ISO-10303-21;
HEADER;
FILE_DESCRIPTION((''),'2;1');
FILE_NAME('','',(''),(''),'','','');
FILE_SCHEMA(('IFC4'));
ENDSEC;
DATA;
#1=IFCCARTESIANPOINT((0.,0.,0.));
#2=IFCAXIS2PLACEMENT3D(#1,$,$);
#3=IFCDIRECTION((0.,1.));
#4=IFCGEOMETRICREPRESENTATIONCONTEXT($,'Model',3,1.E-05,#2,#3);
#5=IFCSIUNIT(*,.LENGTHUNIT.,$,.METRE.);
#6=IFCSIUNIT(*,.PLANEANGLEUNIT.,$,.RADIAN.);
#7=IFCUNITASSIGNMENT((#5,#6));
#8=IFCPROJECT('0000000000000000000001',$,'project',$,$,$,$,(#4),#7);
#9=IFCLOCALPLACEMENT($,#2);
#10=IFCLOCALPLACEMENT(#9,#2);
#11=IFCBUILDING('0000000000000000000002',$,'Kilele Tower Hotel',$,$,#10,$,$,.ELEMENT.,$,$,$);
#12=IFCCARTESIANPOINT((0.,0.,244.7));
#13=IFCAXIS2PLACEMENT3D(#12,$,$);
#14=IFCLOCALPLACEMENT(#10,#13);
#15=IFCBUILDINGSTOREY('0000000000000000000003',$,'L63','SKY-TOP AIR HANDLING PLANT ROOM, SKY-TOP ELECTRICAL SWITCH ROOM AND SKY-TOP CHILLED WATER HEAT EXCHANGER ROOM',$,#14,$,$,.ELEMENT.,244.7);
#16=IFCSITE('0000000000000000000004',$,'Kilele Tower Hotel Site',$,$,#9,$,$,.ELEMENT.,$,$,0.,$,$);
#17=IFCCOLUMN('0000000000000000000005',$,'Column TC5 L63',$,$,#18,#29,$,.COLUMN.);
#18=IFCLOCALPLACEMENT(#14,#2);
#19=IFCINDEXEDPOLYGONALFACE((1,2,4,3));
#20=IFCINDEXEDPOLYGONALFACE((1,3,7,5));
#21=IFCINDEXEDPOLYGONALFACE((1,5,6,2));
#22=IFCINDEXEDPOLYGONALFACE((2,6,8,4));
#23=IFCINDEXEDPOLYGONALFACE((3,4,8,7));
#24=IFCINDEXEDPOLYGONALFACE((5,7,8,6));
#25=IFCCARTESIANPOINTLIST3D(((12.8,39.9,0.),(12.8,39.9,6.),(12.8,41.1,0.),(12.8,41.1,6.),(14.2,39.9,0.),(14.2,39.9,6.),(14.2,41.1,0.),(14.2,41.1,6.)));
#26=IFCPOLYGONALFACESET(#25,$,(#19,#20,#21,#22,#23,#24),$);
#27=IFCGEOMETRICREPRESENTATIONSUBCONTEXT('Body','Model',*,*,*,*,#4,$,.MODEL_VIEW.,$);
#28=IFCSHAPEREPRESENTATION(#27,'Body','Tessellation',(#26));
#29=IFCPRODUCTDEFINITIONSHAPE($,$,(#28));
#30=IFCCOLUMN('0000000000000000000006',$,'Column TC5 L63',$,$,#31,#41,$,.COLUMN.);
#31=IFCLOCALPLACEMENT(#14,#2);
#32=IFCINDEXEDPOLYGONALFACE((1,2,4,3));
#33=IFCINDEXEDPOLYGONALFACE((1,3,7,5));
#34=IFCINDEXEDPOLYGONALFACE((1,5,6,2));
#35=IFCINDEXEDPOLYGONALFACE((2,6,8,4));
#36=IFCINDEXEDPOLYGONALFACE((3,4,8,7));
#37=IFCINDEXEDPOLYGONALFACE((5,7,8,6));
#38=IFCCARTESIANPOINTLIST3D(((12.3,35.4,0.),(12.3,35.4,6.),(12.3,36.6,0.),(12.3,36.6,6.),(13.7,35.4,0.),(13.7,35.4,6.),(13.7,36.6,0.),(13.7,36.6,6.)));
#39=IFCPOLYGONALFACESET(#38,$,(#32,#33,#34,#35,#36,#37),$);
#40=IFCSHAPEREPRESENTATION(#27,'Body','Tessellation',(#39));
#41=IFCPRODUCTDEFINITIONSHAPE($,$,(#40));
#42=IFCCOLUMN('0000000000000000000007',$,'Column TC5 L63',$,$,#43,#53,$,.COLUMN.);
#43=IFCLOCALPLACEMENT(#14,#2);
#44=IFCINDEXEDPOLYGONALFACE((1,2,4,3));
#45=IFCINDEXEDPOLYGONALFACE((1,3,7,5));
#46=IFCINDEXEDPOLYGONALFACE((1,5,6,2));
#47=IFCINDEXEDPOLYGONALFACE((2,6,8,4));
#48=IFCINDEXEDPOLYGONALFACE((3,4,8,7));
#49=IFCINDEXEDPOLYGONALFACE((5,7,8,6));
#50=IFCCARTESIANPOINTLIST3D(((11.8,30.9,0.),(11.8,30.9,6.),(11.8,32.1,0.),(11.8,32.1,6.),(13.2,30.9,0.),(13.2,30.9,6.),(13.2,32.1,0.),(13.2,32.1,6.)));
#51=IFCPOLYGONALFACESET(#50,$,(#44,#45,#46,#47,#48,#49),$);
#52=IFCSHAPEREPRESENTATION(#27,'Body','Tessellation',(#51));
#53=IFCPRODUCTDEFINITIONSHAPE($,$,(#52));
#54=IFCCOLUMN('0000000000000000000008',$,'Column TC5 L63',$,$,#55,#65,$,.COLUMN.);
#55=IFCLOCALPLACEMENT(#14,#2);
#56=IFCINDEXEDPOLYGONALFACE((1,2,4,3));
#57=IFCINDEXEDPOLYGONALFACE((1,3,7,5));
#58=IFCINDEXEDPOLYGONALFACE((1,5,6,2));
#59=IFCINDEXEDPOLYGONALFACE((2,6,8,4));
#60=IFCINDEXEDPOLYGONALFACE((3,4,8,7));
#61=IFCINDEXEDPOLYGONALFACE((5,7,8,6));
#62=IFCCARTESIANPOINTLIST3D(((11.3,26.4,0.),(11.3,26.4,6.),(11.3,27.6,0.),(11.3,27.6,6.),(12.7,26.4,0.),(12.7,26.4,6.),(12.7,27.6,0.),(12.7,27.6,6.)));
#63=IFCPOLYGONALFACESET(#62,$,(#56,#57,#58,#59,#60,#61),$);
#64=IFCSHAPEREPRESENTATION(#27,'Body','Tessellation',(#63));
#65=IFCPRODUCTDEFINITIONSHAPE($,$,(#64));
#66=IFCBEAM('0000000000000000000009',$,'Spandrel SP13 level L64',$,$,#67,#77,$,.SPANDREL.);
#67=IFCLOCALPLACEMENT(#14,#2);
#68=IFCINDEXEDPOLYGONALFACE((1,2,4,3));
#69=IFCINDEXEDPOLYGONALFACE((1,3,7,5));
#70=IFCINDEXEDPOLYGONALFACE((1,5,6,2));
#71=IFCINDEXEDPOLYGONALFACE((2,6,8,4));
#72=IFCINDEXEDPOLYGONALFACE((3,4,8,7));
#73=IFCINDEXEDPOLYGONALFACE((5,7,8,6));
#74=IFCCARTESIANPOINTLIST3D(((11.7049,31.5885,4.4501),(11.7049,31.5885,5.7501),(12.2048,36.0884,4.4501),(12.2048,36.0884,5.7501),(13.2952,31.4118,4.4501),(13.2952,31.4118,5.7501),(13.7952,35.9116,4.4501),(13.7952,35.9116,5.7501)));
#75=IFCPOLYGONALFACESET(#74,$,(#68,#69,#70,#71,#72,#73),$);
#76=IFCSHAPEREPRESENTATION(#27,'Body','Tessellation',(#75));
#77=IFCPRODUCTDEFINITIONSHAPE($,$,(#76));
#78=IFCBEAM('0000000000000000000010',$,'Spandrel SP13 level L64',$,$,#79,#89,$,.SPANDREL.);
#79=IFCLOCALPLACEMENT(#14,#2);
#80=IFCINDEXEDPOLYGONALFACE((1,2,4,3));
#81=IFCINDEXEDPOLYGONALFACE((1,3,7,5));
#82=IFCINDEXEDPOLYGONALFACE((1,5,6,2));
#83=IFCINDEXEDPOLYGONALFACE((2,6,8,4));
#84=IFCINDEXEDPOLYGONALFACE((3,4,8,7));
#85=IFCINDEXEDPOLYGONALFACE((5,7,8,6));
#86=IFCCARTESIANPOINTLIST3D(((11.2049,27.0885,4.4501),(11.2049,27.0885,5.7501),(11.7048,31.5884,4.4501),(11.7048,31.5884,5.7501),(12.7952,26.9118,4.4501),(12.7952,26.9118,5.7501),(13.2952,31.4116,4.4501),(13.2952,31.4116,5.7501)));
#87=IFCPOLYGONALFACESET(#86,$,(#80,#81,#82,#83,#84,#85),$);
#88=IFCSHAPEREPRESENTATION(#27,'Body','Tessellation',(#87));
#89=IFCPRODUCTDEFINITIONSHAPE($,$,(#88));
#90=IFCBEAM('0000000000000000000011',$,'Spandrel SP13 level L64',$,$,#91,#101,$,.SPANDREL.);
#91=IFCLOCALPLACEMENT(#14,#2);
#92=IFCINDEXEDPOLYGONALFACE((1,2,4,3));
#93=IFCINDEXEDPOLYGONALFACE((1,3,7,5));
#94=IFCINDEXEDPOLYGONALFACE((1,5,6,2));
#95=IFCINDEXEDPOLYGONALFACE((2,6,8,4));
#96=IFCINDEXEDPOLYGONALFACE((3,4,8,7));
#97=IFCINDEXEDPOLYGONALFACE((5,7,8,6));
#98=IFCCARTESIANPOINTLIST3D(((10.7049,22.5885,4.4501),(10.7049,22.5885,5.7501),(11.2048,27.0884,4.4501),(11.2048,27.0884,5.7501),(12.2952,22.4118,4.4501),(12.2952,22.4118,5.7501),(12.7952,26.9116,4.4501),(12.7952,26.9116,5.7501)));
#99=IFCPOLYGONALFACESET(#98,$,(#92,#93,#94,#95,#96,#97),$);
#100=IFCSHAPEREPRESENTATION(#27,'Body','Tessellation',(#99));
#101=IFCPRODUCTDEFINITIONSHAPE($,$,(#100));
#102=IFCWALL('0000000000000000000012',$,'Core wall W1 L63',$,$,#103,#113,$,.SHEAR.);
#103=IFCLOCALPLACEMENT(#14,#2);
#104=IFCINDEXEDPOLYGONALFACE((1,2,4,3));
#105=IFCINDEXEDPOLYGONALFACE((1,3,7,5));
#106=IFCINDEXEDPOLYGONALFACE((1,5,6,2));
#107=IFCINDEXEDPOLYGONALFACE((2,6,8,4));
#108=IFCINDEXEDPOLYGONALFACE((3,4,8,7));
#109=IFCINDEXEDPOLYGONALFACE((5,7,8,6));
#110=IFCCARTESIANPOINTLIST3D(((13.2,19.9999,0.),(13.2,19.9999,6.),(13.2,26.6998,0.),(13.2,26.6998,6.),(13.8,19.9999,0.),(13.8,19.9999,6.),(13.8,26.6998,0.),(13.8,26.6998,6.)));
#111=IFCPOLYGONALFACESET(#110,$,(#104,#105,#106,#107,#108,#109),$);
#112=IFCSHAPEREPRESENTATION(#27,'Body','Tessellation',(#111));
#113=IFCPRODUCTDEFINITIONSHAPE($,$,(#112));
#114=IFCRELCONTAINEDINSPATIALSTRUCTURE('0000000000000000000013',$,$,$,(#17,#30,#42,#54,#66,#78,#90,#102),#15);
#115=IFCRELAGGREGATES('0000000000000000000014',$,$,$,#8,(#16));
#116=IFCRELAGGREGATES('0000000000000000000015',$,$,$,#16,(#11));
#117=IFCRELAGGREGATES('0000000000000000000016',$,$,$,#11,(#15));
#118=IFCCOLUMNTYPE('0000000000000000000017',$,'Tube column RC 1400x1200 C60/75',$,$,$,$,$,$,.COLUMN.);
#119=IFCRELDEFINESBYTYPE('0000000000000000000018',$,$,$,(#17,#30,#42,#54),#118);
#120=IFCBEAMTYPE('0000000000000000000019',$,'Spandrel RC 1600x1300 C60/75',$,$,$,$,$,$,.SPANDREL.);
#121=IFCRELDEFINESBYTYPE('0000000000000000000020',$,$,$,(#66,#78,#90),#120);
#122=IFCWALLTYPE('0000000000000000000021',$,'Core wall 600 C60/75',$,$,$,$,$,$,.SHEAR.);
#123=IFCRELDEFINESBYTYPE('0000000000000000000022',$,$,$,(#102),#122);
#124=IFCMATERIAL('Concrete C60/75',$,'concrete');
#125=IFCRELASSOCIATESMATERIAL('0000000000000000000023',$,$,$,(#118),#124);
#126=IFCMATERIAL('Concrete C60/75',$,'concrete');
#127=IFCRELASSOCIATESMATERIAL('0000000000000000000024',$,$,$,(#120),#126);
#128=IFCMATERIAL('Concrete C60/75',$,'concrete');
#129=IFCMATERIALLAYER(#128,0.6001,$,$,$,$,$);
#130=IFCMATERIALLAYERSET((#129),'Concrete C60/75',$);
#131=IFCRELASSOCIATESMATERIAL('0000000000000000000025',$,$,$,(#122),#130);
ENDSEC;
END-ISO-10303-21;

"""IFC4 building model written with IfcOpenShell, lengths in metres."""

from ifc_helpers import new_model, si_unit, direction, frame, frame_2d, origin, origin_2d, place, context, subcontext, project, spatial, rectangle, extrude, material, layer, layer_set, material_profile, profile_set, type_object, element, save


model = new_model("IFC4")

# Units and contexts
model_context = context("Model", 3, precision=1e-05, world=origin(), true_north=direction((0.0, 1.0)))
body_context = subcontext(model_context, "Body", "Model", "MODEL_VIEW")
ifc_project = project(units=[si_unit("LENGTHUNIT", "METRE"), si_unit("PLANEANGLEUNIT", "RADIAN")], contexts=[model_context])

# Site, building, storey
site_placement = place(None, origin())
site = spatial("IfcSite", under=ifc_project, at=site_placement, Name="Kilele Tower Hotel Site", CompositionType="ELEMENT", RefElevation=0.0)
building_placement = place(site_placement, origin())
building = spatial("IfcBuilding", under=site, at=building_placement, Name="Kilele Tower Hotel", CompositionType="ELEMENT")
storey_placement = place(building_placement, frame((0.0, 0.0, 244.7)))
storey = spatial("IfcBuildingStorey", under=building, at=storey_placement, Name="L63", Description="SKY-TOP AIR HANDLING PLANT ROOM, SKY-TOP ELECTRICAL SWITCH ROOM AND SKY-TOP CHILLED WATER HEAT EXCHANGER ROOM", CompositionType="ELEMENT", Elevation=244.7)

# Columns
ifc_material_1 = material(Name="Concrete C60/75", Category="concrete")
ifc_material_profile_1 = material_profile(ifc_material_1, rectangle(XDim=1.3999, YDim=1.2, at=origin_2d()))
ifc_profile_set_1 = profile_set([ifc_material_profile_1], Name="Concrete C60/75")
column_type = type_object("IfcColumnType", Name="Tube column RC 1400x1200 C60/75", PredefinedType="COLUMN", material=ifc_profile_set_1)
for number, where, z_axis, x_axis, name in (
    (1, (13.5, 40.5, 0.0), (0.0, 0.0, 1.0), (1.0, 0.0, 0.0), "Column TC5 L63"),
    (2, (13.0, 36.0, 0.0), (0.0, 0.0, 1.0), (1.0, 0.0, 0.0), "Column TC5 L63"),
    (3, (12.5, 31.5, 0.0), (0.0, 0.0, 1.0), (1.0, 0.0, 0.0), "Column TC5 L63"),
    (4, (12.0, 27.0, 0.0), (0.0, 0.0, 1.0), (1.0, 0.0, 0.0), "Column TC5 L63"),
):
    element("IfcColumn", number, at=place(storey_placement, frame(where, z_axis=z_axis, x_axis=x_axis)), inside=storey, type_object=column_type, Name=name, PredefinedType="COLUMN", context=body_context, shape_type="SweptSolid", body=[
        extrude(rectangle(XDim=1.3999, YDim=1.2, at=origin_2d()), origin(), (0.0, 0.0, 1.0), 6.0),
    ])

# Beams
ifc_material_2 = material(Name="Concrete C60/75", Category="concrete")
ifc_material_profile_2 = material_profile(ifc_material_2, rectangle(XDim=1.6001, YDim=1.3, at=origin_2d()))
ifc_profile_set_2 = profile_set([ifc_material_profile_2], Name="Concrete C60/75")
beam_type = type_object("IfcBeamType", Name="Spandrel RC 1600x1300 C60/75", PredefinedType="SPANDREL", material=ifc_profile_set_2)
for number, where, z_axis, x_axis, name in (
    (5, (13.0, 36.0, 5.1001), (-0.110432, -0.993884, 0.0), (0.993884, -0.110432, 0.0), "Spandrel SP13 level L64"),
    (6, (12.5, 31.5, 5.1001), (-0.110432, -0.993884, 0.0), (0.993884, -0.110432, 0.0), "Spandrel SP13 level L64"),
    (7, (12.0, 27.0, 5.1001), (-0.110432, -0.993884, 0.0), (0.993884, -0.110432, 0.0), "Spandrel SP13 level L64"),
):
    element("IfcBeam", number, at=place(storey_placement, frame(where, z_axis=z_axis, x_axis=x_axis)), inside=storey, type_object=beam_type, Name=name, PredefinedType="SPANDREL", context=body_context, shape_type="SweptSolid", body=[
        extrude(rectangle(XDim=1.6001, YDim=1.3, at=origin_2d()), origin(), (0.0, 0.0, 1.0), 4.5276),
    ])

# Wall
ifc_material_3 = material(Name="Concrete C60/75", Category="concrete")
ifc_layer_1 = layer(ifc_material_3, 0.6001)
ifc_layer_set_1 = layer_set([ifc_layer_1], Name="Concrete C60/75")
wall_type_1 = type_object("IfcWallType", Name="Core wall 600 C60/75", PredefinedType="SHEAR", material=ifc_layer_set_1)
wall_1_placement = place(storey_placement, frame((13.5, 26.7, 0.0), z_axis=(0.0, 0.0, 1.0), x_axis=(0.0, -1.0, 0.0)))
element("IfcWall", 8, at=wall_1_placement, inside=storey, type_object=wall_type_1, Name="Core wall W1 L63", PredefinedType="SHEAR", context=body_context, shape_type="SweptSolid", body=[
    extrude(rectangle(XDim=6.7, YDim=0.6001, at=frame_2d((3.3501, 0.0))), origin(), (0.0, 0.0, 1.0), 6.0),
])

save(model, "model.ifc")
